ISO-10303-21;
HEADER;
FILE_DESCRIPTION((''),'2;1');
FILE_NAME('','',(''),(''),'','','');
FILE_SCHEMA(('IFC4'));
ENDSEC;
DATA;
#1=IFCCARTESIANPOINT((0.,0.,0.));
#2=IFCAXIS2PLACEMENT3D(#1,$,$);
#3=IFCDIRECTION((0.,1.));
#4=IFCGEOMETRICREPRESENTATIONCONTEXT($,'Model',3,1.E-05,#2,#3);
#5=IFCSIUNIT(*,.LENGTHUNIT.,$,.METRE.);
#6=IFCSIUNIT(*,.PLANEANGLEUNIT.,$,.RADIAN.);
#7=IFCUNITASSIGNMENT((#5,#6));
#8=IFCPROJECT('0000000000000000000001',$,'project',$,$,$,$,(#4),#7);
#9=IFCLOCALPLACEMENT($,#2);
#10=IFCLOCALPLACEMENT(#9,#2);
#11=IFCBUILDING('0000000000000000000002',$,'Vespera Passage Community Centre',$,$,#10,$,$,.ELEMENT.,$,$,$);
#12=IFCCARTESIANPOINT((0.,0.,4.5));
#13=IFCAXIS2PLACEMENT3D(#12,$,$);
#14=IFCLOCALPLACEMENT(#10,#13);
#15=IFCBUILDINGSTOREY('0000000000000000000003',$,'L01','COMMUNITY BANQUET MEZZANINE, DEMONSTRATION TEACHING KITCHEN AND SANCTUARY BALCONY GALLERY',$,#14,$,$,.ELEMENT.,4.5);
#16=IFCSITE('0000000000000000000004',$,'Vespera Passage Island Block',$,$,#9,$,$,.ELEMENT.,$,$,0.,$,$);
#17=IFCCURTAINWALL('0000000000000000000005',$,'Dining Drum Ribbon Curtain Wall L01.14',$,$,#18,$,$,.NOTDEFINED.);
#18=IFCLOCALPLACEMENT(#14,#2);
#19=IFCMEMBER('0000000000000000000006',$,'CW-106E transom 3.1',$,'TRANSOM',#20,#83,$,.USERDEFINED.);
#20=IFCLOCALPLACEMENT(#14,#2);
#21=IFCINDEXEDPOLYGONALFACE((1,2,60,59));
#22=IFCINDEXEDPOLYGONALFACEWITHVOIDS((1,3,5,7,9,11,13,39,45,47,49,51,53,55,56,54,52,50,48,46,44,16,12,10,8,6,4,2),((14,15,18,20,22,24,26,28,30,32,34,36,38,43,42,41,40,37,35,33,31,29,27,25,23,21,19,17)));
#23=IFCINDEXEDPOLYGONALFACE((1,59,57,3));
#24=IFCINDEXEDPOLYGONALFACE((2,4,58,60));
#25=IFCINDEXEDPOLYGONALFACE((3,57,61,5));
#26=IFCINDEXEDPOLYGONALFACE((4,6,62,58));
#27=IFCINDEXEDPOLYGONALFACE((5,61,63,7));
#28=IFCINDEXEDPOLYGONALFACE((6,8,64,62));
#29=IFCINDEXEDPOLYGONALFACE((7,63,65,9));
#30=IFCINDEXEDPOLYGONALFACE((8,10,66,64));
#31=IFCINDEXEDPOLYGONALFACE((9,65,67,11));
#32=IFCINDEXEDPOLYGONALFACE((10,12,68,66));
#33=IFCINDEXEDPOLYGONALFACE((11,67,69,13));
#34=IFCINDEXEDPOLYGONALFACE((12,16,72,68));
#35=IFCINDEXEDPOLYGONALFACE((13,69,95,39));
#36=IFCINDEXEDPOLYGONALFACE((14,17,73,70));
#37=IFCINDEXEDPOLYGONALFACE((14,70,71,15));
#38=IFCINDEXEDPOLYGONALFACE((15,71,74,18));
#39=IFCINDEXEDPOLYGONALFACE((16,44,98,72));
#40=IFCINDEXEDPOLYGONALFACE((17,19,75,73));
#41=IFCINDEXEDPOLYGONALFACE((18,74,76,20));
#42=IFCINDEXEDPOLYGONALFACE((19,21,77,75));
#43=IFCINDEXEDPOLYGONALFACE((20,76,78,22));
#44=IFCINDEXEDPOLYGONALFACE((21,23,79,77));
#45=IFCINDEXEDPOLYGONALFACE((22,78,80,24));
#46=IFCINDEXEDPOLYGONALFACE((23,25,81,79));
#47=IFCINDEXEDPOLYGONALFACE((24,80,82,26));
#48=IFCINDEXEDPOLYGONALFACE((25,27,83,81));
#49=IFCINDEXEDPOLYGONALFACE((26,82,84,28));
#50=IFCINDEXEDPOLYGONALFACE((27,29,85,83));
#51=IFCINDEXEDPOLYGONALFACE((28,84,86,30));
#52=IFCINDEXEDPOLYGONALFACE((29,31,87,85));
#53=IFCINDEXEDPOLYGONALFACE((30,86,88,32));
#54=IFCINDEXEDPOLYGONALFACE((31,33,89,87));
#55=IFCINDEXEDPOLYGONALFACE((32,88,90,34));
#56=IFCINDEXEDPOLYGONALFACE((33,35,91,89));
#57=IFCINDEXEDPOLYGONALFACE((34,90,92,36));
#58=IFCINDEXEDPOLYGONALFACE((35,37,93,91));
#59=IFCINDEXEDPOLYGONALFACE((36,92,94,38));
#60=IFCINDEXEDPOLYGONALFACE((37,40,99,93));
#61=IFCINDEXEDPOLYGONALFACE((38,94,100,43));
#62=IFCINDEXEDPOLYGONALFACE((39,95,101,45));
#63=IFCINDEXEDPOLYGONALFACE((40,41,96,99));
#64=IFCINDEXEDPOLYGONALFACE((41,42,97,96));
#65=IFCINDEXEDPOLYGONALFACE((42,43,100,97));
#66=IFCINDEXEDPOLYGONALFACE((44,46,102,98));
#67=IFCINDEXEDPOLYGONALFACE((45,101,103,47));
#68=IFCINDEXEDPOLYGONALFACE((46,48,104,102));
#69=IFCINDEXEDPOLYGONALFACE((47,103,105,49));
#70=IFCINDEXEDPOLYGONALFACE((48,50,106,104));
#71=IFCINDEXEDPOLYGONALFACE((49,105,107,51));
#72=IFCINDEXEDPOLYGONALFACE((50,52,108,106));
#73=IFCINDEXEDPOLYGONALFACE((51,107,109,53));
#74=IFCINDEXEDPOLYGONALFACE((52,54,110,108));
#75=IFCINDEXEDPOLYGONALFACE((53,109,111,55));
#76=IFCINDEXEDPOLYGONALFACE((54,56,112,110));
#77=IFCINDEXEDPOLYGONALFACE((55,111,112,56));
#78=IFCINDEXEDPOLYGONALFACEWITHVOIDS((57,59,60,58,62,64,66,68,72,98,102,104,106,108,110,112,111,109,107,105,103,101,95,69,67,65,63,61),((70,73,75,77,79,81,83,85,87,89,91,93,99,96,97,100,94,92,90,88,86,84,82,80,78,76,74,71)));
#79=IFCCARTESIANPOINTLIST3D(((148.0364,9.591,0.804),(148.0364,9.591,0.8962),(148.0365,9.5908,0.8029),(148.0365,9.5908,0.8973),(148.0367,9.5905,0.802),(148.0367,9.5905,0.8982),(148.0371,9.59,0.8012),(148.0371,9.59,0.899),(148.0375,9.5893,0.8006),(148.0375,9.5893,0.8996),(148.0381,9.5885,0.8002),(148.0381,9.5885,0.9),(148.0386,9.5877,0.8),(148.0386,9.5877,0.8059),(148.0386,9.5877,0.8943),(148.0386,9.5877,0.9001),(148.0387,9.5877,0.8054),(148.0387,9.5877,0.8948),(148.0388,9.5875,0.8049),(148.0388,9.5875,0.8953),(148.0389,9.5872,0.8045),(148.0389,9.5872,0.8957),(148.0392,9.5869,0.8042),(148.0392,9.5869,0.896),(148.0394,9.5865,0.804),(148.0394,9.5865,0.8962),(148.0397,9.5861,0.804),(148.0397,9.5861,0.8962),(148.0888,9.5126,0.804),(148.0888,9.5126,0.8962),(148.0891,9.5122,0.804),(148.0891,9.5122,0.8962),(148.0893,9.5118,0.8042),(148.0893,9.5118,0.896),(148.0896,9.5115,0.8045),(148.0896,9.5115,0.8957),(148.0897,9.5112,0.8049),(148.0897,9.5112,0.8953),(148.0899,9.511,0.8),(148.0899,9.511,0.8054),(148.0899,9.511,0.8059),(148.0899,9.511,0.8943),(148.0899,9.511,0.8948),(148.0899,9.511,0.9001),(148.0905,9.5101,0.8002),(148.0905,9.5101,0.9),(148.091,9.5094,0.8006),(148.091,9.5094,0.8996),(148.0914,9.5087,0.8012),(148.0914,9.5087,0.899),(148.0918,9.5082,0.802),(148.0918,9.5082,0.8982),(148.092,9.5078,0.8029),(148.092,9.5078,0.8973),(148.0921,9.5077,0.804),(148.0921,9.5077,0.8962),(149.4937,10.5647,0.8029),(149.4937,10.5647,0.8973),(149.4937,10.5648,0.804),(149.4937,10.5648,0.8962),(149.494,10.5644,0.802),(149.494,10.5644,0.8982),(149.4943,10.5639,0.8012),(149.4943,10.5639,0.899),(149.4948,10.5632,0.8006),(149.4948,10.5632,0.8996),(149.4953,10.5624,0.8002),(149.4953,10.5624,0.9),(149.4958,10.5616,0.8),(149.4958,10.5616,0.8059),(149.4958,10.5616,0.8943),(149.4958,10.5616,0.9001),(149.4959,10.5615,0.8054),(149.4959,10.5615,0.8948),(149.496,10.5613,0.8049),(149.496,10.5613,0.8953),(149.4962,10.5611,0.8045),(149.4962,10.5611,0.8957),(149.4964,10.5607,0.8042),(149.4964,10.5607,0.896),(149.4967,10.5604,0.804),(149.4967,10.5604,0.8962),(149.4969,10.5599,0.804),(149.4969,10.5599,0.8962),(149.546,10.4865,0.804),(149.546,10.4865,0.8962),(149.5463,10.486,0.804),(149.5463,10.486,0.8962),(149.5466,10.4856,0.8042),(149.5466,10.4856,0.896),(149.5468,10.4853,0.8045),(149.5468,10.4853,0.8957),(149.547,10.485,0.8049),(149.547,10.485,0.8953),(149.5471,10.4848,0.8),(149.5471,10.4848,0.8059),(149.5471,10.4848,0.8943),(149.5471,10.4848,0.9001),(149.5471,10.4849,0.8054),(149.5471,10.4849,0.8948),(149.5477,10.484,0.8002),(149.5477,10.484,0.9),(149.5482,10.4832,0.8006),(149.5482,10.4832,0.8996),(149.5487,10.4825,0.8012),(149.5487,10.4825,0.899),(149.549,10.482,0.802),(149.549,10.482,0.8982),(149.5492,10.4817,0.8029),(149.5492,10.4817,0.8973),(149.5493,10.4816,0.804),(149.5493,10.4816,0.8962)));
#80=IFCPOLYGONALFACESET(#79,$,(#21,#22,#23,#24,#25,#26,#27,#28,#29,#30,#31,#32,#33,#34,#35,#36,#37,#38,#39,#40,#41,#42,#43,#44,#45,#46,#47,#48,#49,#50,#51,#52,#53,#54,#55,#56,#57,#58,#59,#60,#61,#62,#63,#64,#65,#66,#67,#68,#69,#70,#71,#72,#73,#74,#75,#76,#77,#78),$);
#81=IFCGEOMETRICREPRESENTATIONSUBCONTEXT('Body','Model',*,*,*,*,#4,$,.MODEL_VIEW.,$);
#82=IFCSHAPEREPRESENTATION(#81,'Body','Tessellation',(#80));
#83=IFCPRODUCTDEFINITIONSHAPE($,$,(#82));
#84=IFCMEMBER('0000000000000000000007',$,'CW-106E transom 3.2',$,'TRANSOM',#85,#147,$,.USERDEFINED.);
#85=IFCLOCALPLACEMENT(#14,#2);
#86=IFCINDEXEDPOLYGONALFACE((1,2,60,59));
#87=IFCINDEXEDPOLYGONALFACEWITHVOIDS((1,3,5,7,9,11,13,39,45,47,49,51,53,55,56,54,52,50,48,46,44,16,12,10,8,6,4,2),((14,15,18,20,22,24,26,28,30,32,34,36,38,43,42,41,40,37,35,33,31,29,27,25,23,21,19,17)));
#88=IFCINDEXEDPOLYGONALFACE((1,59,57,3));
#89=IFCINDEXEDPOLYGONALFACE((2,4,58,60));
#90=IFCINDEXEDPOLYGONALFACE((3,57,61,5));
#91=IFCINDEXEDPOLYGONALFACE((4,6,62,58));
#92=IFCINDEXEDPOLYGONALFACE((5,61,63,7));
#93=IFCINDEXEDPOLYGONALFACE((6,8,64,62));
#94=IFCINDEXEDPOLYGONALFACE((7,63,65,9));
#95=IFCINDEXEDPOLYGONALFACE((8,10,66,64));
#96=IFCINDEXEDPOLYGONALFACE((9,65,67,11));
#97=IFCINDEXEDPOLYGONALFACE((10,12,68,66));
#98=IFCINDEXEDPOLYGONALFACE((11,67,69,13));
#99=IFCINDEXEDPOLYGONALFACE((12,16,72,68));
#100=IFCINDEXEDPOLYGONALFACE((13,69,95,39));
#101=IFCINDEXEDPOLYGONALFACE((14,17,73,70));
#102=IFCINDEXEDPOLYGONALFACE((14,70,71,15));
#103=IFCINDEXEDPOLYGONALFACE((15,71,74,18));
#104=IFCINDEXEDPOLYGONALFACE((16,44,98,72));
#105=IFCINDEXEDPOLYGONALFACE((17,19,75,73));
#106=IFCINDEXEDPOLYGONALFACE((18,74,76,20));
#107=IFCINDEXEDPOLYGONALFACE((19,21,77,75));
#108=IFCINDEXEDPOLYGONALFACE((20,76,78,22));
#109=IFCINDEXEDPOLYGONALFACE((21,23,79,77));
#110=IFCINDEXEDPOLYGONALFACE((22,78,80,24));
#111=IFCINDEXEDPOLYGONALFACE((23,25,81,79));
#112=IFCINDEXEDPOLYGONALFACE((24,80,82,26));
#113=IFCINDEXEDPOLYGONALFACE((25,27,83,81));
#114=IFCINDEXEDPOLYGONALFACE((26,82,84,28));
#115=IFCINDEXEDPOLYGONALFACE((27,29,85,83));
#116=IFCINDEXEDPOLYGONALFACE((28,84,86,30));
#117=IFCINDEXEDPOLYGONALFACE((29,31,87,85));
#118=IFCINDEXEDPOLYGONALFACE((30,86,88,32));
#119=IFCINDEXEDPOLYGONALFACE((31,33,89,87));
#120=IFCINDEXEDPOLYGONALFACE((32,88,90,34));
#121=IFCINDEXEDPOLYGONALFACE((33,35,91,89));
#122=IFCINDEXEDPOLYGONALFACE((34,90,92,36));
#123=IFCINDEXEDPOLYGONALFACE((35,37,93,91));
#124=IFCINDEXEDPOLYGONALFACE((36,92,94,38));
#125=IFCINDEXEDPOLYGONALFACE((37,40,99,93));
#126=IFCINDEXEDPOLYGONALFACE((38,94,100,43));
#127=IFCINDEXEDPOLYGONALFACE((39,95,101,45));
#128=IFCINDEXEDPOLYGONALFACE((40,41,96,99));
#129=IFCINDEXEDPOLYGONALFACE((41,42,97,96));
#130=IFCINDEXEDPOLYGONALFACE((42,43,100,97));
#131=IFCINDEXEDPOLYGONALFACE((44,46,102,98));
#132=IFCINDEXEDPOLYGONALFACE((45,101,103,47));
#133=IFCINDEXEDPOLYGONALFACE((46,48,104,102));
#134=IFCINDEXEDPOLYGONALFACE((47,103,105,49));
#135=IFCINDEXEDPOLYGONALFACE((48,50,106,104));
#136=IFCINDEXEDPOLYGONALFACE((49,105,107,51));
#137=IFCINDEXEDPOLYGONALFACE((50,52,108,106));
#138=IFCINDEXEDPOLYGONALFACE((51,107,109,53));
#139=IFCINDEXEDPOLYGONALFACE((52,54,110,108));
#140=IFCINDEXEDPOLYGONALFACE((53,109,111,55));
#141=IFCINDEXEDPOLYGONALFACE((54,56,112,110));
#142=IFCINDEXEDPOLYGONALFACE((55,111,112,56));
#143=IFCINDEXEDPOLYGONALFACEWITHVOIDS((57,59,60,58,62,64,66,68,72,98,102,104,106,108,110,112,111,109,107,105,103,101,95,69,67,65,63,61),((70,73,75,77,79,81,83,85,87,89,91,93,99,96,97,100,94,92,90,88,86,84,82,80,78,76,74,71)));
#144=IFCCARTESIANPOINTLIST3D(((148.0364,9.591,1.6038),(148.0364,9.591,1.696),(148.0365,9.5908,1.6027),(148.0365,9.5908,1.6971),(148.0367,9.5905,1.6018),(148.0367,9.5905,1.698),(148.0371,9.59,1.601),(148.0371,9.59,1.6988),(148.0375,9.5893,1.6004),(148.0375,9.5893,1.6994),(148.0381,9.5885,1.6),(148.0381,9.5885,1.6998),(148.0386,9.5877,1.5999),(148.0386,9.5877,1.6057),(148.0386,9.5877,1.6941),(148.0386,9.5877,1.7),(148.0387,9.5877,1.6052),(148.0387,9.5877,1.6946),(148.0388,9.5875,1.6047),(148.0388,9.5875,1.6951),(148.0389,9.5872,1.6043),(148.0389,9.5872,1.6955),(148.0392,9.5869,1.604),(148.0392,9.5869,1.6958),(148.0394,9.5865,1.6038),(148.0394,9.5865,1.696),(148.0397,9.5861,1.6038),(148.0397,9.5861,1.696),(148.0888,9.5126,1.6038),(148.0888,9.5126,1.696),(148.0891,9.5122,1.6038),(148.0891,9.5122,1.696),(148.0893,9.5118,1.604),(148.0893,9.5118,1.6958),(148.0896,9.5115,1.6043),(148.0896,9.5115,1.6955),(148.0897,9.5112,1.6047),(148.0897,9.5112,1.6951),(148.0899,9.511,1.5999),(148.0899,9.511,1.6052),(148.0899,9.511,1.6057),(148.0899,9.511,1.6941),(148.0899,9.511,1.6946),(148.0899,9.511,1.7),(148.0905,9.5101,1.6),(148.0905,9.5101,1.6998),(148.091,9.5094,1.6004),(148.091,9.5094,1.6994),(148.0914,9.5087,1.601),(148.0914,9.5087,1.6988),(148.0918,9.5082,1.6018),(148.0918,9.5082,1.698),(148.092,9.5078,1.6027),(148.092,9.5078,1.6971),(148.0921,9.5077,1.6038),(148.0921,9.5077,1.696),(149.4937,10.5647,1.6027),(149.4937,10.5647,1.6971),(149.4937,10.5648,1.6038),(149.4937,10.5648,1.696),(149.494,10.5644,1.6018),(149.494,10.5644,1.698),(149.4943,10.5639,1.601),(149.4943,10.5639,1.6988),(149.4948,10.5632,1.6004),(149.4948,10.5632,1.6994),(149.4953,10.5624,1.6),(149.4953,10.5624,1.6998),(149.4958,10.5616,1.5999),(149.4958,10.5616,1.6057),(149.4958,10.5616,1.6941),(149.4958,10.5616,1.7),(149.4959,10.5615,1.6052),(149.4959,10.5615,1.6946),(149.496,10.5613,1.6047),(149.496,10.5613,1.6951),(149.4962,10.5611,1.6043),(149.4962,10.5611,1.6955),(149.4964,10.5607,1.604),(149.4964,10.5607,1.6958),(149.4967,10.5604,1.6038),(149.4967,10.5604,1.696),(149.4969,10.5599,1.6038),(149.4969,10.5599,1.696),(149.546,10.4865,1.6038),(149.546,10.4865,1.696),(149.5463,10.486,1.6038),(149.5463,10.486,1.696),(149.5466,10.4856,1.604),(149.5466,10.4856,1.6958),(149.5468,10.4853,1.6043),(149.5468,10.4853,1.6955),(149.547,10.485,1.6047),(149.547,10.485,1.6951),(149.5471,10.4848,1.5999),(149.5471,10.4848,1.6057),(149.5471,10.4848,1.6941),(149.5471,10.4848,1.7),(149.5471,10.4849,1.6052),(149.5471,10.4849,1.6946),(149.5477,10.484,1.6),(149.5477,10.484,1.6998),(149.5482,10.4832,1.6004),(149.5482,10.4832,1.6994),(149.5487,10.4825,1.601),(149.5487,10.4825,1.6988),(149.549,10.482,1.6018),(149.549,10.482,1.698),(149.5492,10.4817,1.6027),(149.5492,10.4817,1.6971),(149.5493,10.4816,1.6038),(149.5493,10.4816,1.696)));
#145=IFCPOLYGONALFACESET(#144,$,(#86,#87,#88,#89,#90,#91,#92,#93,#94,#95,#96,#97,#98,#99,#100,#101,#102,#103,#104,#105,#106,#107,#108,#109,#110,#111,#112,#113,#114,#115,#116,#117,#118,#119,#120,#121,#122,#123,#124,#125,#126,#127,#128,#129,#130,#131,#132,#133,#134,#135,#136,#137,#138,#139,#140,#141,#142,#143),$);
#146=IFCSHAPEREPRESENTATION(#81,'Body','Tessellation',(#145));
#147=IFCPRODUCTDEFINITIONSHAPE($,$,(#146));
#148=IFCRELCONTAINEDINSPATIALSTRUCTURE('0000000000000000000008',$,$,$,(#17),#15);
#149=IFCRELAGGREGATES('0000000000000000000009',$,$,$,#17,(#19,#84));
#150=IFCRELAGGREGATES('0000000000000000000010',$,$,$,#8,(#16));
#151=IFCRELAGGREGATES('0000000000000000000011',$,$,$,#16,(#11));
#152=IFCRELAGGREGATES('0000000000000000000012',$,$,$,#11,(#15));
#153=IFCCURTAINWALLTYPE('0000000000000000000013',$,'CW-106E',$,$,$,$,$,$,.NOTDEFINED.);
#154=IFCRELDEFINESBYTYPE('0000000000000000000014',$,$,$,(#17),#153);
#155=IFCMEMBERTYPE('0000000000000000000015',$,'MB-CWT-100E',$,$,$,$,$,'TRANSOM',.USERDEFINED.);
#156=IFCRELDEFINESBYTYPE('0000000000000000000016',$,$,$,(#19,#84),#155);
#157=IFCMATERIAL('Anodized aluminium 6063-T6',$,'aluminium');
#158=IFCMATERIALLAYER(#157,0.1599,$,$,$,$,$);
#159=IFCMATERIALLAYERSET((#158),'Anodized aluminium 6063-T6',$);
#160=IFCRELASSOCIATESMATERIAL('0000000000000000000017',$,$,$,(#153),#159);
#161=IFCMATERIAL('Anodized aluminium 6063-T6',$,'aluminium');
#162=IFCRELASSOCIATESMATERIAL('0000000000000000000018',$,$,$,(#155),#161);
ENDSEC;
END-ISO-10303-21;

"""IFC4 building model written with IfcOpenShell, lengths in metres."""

from ifc_helpers import new_model, si_unit, direction, frame, origin, origin_2d, place, context, subcontext, project, spatial, hollow_rectangle, extrude, material, layer, layer_set, material_profile, profile_set, type_object, element, aggregate, save


model = new_model("IFC4")

# Units and contexts
model_context = context("Model", 3, precision=1e-05, world=origin(), true_north=direction((0.0, 1.0)))
body_context = subcontext(model_context, "Body", "Model", "MODEL_VIEW")
ifc_project = project(units=[si_unit("LENGTHUNIT", "METRE"), si_unit("PLANEANGLEUNIT", "RADIAN")], contexts=[model_context])

# Site, building, storey
site_placement = place(None, origin())
site = spatial("IfcSite", under=ifc_project, at=site_placement, Name="Vespera Passage Island Block", CompositionType="ELEMENT", RefElevation=0.0)
building_placement = place(site_placement, origin())
building = spatial("IfcBuilding", under=site, at=building_placement, Name="Vespera Passage Community Centre", CompositionType="ELEMENT")
storey_placement = place(building_placement, frame((0.0, 0.0, 4.5)))
storey = spatial("IfcBuildingStorey", under=building, at=storey_placement, Name="L01", Description="COMMUNITY BANQUET MEZZANINE, DEMONSTRATION TEACHING KITCHEN AND SANCTUARY BALCONY GALLERY", CompositionType="ELEMENT", Elevation=4.5)

# Curtain wall
ifc_material_1 = material(Name="Anodized aluminium 6063-T6", Category="aluminium")
ifc_layer_1 = layer(ifc_material_1, 0.1599)
ifc_layer_set_1 = layer_set([ifc_layer_1], Name="Anodized aluminium 6063-T6")
curtain_wall_type_1 = type_object("IfcCurtainWallType", Name="CW-106E", PredefinedType="NOTDEFINED", material=ifc_layer_set_1)
curtain_wall_1_placement = place(storey_placement, origin())
curtain_wall_1 = element("IfcCurtainWall", 1, at=curtain_wall_1_placement, inside=storey, type_object=curtain_wall_type_1, Name="Dining Drum Ribbon Curtain Wall L01.14", PredefinedType="NOTDEFINED")

# Members
ifc_material_2 = material(Name="Anodized aluminium 6063-T6", Category="aluminium")
ifc_material_profile_1 = material_profile(ifc_material_2, hollow_rectangle(XDim=0.1001, YDim=0.1001, WallThickness=0.0039, InnerFilletRadius=0.002, OuterFilletRadius=0.0039, at=origin_2d()), Name="ALU100X100X4")
ifc_profile_set_1 = profile_set([ifc_material_profile_1], Name="Anodized aluminium 6063-T6")
member_type_1 = type_object("IfcMemberType", Name="MB-CWT-100E", ElementType="TRANSOM", PredefinedType="USERDEFINED", material=ifc_profile_set_1)
member_1_placement = place(storey_placement, frame((149.5215, 10.5232, 0.8501), z_axis=(-0.831428, -0.555632, 0.0), x_axis=(0.555632, -0.831428, 0.0)))
member_1 = element("IfcMember", 2, at=member_1_placement, type_object=member_type_1, Name="CW-106E transom 3.1", ObjectType="TRANSOM", PredefinedType="USERDEFINED", context=body_context, shape_type="SweptSolid", body=[
    extrude(hollow_rectangle(XDim=0.1001, YDim=0.1001, WallThickness=0.0039, InnerFilletRadius=0.002, OuterFilletRadius=0.0039, at=origin_2d()), origin(), (0.0, 0.0, 1.0), 1.7527),
])
member_2_placement = place(storey_placement, frame((149.5215, 10.5232, 1.6499), z_axis=(-0.831428, -0.555632, 0.0), x_axis=(0.555632, -0.831428, 0.0)))
member_2 = element("IfcMember", 3, at=member_2_placement, type_object=member_type_1, Name="CW-106E transom 3.2", ObjectType="TRANSOM", PredefinedType="USERDEFINED", context=body_context, shape_type="SweptSolid", body=[
    extrude(hollow_rectangle(XDim=0.1001, YDim=0.1001, WallThickness=0.0039, InnerFilletRadius=0.002, OuterFilletRadius=0.0039, at=origin_2d()), origin(), (0.0, 0.0, 1.0), 1.7527),
])

aggregate(curtain_wall_1, [member_1, member_2])

save(model, "model.ifc")
